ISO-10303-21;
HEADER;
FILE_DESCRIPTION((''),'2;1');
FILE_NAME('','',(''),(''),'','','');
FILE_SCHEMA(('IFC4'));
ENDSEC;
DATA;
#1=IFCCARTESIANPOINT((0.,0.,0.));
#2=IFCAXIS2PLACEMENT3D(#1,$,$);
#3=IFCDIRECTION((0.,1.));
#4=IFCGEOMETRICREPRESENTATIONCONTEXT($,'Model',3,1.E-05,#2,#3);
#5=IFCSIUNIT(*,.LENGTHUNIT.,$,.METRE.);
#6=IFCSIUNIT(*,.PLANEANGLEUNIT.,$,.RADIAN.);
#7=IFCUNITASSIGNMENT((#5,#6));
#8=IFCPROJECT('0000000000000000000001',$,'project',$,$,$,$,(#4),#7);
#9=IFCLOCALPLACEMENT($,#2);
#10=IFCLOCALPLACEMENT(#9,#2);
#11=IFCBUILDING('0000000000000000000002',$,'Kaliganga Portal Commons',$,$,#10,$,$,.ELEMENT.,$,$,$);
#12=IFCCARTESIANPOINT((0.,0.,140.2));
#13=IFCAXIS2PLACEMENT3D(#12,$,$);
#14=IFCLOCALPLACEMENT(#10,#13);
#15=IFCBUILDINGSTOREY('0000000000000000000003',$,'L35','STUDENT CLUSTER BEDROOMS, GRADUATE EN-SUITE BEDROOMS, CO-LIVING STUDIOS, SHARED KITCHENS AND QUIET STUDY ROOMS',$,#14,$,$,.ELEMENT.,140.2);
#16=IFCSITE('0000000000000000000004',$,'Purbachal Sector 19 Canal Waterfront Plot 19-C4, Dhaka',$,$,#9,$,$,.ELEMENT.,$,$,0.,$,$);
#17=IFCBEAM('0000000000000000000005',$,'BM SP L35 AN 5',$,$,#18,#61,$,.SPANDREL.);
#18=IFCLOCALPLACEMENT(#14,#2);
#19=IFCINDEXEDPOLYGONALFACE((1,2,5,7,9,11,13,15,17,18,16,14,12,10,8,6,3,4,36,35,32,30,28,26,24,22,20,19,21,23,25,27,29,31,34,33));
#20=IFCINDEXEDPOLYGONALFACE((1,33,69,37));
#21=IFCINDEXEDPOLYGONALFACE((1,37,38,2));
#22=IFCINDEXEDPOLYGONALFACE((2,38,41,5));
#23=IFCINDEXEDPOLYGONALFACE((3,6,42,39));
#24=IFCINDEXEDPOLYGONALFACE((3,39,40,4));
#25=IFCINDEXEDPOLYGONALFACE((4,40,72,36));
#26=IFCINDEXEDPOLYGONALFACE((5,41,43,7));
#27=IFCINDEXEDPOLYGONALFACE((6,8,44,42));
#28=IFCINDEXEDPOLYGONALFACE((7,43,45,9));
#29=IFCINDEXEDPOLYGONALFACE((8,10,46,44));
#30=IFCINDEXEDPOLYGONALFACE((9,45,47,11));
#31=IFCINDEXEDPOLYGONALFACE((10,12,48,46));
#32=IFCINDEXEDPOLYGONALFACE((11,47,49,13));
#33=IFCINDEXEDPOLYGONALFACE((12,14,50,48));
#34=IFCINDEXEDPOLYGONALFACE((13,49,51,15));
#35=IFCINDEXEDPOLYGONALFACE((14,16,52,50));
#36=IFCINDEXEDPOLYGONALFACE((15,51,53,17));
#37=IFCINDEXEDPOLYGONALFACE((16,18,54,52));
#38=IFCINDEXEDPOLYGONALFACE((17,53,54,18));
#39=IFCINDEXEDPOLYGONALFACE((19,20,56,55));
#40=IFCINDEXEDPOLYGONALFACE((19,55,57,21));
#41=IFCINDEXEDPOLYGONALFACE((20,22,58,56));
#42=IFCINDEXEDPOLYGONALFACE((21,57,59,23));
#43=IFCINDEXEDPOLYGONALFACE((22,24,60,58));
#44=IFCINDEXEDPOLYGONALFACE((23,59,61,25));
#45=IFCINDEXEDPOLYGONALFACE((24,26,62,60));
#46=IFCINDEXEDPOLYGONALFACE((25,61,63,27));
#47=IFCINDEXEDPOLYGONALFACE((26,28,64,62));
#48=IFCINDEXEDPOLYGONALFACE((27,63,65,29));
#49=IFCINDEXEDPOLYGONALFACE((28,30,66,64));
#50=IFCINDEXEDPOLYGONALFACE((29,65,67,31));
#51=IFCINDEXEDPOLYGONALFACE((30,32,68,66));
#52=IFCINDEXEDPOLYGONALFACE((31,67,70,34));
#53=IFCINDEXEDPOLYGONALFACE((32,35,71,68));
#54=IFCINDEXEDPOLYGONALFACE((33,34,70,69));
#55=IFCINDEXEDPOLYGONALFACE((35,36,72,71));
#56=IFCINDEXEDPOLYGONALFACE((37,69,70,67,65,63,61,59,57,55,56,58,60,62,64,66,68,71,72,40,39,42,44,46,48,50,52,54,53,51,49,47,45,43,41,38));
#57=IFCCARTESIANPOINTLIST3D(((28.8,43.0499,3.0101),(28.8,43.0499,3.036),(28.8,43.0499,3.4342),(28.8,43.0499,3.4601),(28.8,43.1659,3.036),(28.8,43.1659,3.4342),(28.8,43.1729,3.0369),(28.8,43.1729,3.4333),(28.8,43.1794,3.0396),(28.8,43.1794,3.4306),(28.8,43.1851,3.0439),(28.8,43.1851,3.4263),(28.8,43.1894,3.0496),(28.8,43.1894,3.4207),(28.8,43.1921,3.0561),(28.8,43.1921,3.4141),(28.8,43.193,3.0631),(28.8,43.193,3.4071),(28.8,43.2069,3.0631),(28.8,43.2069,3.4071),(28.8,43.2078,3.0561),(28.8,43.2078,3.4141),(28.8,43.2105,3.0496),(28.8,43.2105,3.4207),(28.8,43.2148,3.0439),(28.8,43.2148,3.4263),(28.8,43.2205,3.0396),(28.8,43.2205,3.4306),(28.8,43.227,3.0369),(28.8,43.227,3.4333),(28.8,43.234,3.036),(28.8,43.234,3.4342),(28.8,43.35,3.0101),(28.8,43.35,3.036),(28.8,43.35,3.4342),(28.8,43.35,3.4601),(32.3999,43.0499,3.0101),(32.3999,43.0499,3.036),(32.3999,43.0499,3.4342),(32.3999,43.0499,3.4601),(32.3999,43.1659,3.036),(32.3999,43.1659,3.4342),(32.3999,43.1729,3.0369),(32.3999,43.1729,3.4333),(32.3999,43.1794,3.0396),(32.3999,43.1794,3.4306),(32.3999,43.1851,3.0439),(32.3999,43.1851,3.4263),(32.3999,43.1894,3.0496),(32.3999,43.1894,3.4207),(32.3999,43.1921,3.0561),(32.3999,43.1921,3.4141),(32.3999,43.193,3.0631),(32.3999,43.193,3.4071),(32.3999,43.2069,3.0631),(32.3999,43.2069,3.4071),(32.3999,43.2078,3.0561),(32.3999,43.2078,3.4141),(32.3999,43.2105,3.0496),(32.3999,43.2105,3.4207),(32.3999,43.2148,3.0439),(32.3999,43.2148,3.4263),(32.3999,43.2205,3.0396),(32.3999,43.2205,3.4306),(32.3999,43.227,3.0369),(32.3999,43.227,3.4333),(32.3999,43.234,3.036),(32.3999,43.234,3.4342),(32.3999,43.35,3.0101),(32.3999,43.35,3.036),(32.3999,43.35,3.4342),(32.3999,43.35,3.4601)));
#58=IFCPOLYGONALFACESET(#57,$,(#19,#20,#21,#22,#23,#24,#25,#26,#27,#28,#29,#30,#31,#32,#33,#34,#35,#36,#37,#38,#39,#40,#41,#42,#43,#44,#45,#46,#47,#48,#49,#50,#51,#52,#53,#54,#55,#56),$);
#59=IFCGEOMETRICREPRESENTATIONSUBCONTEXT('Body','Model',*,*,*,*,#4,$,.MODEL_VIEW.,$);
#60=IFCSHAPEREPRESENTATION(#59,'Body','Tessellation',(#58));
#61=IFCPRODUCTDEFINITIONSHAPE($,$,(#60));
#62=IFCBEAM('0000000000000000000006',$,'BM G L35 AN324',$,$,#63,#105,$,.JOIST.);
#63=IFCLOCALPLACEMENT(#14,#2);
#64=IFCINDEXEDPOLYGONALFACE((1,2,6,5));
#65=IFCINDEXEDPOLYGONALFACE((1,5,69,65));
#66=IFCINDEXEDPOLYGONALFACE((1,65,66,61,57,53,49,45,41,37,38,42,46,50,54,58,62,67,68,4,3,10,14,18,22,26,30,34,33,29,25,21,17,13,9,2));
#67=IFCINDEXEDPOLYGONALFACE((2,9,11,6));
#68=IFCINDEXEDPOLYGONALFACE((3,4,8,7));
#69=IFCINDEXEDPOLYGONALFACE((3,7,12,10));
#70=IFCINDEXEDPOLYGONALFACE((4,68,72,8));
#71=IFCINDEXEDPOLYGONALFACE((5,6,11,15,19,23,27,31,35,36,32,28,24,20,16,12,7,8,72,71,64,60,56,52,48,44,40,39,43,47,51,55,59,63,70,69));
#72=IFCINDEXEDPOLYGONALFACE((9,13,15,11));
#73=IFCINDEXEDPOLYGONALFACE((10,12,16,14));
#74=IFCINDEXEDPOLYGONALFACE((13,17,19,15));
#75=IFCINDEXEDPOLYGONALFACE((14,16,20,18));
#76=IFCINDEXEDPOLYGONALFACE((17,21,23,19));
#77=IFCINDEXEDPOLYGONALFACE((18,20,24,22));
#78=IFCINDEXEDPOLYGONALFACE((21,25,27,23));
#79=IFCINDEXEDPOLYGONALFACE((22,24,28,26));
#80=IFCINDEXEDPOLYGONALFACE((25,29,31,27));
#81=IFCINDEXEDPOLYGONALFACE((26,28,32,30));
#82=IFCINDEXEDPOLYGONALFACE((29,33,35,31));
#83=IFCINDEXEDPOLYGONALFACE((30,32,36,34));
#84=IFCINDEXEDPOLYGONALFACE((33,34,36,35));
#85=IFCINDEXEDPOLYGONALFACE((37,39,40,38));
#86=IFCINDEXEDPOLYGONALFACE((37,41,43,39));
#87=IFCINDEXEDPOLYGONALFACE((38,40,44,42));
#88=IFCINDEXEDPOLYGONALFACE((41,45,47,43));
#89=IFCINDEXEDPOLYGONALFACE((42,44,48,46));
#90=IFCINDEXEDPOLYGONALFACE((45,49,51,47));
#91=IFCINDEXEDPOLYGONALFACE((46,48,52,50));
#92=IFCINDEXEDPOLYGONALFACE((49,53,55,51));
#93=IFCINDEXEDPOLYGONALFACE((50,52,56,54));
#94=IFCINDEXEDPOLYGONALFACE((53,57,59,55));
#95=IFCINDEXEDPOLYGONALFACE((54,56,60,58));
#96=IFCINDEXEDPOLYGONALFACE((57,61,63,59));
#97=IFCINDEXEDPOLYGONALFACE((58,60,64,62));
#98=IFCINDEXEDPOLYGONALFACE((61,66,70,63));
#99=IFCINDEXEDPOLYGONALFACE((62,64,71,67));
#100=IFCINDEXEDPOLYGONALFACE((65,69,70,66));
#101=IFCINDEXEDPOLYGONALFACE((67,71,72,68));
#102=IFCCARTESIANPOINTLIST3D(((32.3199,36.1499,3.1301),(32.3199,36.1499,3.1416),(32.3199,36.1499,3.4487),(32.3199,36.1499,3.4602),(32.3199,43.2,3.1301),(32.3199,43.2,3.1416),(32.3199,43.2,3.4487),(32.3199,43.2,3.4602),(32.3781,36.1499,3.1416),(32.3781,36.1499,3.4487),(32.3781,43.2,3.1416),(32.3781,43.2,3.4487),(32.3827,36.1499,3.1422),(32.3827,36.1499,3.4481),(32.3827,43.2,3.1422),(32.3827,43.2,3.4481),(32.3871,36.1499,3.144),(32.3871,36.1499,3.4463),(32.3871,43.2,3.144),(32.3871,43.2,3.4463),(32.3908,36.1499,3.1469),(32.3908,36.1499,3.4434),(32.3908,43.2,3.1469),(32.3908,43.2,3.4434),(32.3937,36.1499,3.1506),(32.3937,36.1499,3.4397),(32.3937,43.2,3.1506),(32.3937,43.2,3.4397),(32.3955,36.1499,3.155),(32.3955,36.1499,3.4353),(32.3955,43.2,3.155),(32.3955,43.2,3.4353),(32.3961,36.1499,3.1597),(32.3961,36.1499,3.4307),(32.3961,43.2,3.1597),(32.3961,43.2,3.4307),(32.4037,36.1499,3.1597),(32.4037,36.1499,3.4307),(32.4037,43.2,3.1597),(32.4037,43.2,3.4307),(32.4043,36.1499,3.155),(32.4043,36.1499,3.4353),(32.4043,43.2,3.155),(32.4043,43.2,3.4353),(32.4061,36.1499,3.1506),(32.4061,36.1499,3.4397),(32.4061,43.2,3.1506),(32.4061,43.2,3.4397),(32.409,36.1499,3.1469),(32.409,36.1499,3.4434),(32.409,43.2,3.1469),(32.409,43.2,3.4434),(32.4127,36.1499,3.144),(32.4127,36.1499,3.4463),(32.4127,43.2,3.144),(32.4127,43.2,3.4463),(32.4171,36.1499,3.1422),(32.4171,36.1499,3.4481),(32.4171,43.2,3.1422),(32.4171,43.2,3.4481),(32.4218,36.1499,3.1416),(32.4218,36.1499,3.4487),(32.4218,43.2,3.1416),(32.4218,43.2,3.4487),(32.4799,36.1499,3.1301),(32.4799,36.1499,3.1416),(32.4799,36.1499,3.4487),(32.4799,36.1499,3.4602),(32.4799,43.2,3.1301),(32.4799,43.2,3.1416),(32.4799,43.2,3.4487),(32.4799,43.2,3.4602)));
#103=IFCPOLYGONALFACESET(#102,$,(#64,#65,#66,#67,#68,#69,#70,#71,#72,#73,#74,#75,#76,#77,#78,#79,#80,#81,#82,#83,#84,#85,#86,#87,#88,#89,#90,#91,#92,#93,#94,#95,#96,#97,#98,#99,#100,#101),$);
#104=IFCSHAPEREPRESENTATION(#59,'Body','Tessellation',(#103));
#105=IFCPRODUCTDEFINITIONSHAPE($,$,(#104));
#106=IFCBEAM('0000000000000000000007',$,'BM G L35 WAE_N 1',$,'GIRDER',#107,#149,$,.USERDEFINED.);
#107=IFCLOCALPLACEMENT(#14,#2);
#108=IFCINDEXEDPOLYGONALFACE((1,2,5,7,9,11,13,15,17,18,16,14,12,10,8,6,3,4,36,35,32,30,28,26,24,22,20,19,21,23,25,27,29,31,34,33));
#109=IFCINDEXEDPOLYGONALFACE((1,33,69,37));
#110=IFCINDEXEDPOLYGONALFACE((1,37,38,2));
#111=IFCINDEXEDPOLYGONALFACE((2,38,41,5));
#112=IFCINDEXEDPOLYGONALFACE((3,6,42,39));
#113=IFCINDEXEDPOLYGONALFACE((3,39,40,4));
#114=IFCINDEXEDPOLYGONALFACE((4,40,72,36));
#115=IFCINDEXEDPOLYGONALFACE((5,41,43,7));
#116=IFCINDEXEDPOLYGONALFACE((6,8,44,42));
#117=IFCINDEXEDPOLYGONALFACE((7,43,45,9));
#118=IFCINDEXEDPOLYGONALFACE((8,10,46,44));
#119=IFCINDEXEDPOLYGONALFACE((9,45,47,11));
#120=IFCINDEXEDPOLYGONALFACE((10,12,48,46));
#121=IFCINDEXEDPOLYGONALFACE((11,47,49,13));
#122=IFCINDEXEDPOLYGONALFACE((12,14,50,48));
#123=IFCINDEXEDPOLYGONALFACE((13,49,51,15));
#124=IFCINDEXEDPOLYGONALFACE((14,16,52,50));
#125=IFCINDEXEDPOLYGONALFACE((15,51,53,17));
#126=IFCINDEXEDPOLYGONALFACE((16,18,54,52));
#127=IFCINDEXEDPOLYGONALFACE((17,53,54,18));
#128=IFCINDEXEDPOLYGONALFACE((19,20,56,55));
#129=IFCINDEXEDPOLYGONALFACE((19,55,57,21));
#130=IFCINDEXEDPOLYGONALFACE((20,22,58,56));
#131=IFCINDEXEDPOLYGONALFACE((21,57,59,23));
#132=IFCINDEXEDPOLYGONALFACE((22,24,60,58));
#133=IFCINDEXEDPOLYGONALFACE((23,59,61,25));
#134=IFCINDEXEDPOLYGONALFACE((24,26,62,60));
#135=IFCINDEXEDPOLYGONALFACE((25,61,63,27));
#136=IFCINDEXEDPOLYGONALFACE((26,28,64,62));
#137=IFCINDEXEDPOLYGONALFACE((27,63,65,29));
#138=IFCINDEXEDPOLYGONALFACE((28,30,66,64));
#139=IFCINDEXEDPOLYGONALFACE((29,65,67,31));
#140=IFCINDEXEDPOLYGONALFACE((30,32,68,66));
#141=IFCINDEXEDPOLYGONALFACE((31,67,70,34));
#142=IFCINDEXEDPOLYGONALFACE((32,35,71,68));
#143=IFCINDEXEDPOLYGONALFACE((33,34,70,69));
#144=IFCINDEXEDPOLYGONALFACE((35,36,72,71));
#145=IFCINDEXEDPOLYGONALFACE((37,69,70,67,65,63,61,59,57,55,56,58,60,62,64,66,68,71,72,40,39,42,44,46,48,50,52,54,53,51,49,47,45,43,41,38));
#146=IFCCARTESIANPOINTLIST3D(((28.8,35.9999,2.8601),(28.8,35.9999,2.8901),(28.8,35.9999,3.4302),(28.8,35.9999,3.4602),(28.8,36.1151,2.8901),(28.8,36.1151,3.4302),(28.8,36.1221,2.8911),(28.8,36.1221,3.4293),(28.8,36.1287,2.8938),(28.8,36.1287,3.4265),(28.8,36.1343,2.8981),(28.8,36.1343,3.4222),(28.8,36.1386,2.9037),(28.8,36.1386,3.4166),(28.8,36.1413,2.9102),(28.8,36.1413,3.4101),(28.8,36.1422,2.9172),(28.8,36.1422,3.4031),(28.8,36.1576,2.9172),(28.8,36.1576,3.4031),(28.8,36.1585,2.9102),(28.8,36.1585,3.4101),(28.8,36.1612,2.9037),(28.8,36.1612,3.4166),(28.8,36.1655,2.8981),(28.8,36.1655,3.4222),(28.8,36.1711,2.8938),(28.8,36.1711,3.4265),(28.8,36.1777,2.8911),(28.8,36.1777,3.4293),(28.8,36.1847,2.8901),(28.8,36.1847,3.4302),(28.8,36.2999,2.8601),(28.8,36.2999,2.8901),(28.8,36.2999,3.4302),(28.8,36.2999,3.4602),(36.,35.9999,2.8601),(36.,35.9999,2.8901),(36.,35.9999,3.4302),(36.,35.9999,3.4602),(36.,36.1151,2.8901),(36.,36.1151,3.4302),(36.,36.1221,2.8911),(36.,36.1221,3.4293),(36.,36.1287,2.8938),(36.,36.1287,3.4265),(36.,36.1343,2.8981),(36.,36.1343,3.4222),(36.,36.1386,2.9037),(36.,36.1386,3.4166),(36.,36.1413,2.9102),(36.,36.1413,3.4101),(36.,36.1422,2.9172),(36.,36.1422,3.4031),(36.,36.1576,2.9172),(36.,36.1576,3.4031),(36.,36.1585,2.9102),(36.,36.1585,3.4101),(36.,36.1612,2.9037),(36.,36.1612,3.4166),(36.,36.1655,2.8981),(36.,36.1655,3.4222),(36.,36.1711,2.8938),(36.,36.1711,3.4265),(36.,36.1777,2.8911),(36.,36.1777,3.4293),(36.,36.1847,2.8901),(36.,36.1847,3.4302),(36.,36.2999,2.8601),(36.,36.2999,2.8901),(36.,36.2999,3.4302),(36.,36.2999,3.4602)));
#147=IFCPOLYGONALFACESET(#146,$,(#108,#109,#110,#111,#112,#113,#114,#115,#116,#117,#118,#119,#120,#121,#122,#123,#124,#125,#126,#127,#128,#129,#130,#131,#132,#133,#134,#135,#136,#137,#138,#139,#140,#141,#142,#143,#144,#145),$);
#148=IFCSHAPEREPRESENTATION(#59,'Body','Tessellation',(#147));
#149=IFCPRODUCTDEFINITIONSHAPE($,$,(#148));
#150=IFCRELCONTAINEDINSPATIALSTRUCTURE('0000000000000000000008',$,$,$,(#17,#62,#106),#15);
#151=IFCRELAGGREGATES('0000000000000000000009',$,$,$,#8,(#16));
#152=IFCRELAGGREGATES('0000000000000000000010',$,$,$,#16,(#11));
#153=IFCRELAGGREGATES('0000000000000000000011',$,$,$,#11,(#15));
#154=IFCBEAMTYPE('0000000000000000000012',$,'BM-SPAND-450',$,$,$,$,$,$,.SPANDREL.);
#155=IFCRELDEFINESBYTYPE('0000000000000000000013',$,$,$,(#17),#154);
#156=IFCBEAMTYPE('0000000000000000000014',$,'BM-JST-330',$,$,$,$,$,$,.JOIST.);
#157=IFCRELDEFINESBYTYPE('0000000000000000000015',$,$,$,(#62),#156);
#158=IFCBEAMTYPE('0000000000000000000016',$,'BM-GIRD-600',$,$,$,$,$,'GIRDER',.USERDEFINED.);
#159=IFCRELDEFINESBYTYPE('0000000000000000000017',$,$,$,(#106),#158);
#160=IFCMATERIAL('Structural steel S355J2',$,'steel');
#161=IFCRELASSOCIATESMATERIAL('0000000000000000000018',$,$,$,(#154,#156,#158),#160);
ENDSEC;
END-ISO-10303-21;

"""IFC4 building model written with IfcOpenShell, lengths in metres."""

from ifc_helpers import new_model, si_unit, direction, frame, origin, origin_2d, place, context, subcontext, project, spatial, i_section, extrude, source, transform, mapped, material, material_profile, profile_set, type_object, element, save


model = new_model("IFC4")

# Units and contexts
model_context = context("Model", 3, precision=1e-05, world=origin(), true_north=direction((0.0, 1.0)))
body_context = subcontext(model_context, "Body", "Model", "MODEL_VIEW")
ifc_project = project(units=[si_unit("LENGTHUNIT", "METRE"), si_unit("PLANEANGLEUNIT", "RADIAN")], contexts=[model_context])

# Site, building, storey
site_placement = place(None, origin())
site = spatial("IfcSite", under=ifc_project, at=site_placement, Name="Purbachal Sector 19 Canal Waterfront Plot 19-C4, Dhaka", CompositionType="ELEMENT", RefElevation=0.0)
building_placement = place(site_placement, origin())
building = spatial("IfcBuilding", under=site, at=building_placement, Name="Kaliganga Portal Commons", CompositionType="ELEMENT")
storey_placement = place(building_placement, frame((0.0, 0.0, 140.2)))
storey = spatial("IfcBuildingStorey", under=building, at=storey_placement, Name="L35", Description="STUDENT CLUSTER BEDROOMS, GRADUATE EN-SUITE BEDROOMS, CO-LIVING STUDIOS, SHARED KITCHENS AND QUIET STUDY ROOMS", CompositionType="ELEMENT", Elevation=140.2)

# Beams
ifc_material_1 = material(Name="Structural steel S355J2", Category="steel")
ifc_material_profile_1 = material_profile(ifc_material_1, i_section(OverallWidth=0.3, OverallDepth=0.45, WebThickness=0.0139, FlangeThickness=0.0259, FilletRadius=0.0271, at=origin_2d()), Name="HE 450 B")
ifc_profile_set_1 = profile_set([ifc_material_profile_1], Name="Structural steel S355J2 wide-flange")
beam_type_1 = type_object("IfcBeamType", Name="BM-SPAND-450", PredefinedType="SPANDREL", material=ifc_profile_set_1)
shared_shape_1 = source(origin(), body_context, "Body", "SweptSolid", [
    extrude(i_section(OverallWidth=0.3, OverallDepth=0.45, WebThickness=0.0139, FlangeThickness=0.0259, FilletRadius=0.0271, at=origin_2d()), origin(), (0.0, 0.0, 1.0), 3.5999),
])
beam_1_placement = place(storey_placement, frame((28.8, 43.2, 3.2351), z_axis=(1.0, 0.0, 0.0), x_axis=(0.0, 1.0, 0.0)))
element("IfcBeam", 1, at=beam_1_placement, inside=storey, type_object=beam_type_1, Name="BM SP L35 AN 5", PredefinedType="SPANDREL", context=body_context, shape_type="MappedRepresentation", body=[
    mapped(shared_shape_1, transform((0.0, 0.0, 0.0), x_axis=(1.0, 0.0, 0.0), y_axis=(0.0, 1.0, 0.0), z_axis=(0.0, 0.0, 1.0), scale=1.0)),
])
ifc_material_profile_2 = material_profile(ifc_material_1, i_section(OverallWidth=0.1599, OverallDepth=0.3301, WebThickness=0.0076, FlangeThickness=0.0115, FilletRadius=0.0181, at=origin_2d()), Name="IPE 330")
ifc_profile_set_2 = profile_set([ifc_material_profile_2], Name="Structural steel S355J2 wide-flange")
beam_type_2 = type_object("IfcBeamType", Name="BM-JST-330", PredefinedType="JOIST", material=ifc_profile_set_2)
shared_shape_2 = source(origin(), body_context, "Body", "SweptSolid", [
    extrude(i_section(OverallWidth=0.1599, OverallDepth=0.3301, WebThickness=0.0076, FlangeThickness=0.0115, FilletRadius=0.0181, at=origin_2d()), origin(), (0.0, 0.0, 1.0), 7.05),
])
beam_2_placement = place(storey_placement, frame((32.3999, 36.1499, 3.2952), z_axis=(0.0, 1.0, 0.0), x_axis=(-1.0, 0.0, 0.0)))
element("IfcBeam", 2, at=beam_2_placement, inside=storey, type_object=beam_type_2, Name="BM G L35 AN324", PredefinedType="JOIST", context=body_context, shape_type="MappedRepresentation", body=[
    mapped(shared_shape_2, transform((0.0, 0.0, 0.0), x_axis=(1.0, 0.0, 0.0), y_axis=(0.0, 1.0, 0.0), z_axis=(0.0, 0.0, 1.0), scale=1.0)),
])
ifc_material_profile_3 = material_profile(ifc_material_1, i_section(OverallWidth=0.3, OverallDepth=0.6001, WebThickness=0.0154, FlangeThickness=0.03, FilletRadius=0.0271, at=origin_2d()), Name="HE 600 B")
ifc_profile_set_3 = profile_set([ifc_material_profile_3], Name="Structural steel S355J2 wide-flange")
beam_type_3 = type_object("IfcBeamType", Name="BM-GIRD-600", ElementType="GIRDER", PredefinedType="USERDEFINED", material=ifc_profile_set_3)
shared_shape_3 = source(origin(), body_context, "Body", "SweptSolid", [
    extrude(i_section(OverallWidth=0.3, OverallDepth=0.6001, WebThickness=0.0154, FlangeThickness=0.03, FilletRadius=0.0271, at=origin_2d()), origin(), (0.0, 0.0, 1.0), 7.2),
])
beam_3_placement = place(storey_placement, frame((28.8, 36.1499, 3.1602), z_axis=(1.0, 0.0, 0.0), x_axis=(0.0, 1.0, 0.0)))
element("IfcBeam", 3, at=beam_3_placement, inside=storey, type_object=beam_type_3, Name="BM G L35 WAE_N 1", ObjectType="GIRDER", PredefinedType="USERDEFINED", context=body_context, shape_type="MappedRepresentation", body=[
    mapped(shared_shape_3, transform((0.0, 0.0, 0.0), x_axis=(1.0, 0.0, 0.0), y_axis=(0.0, 1.0, 0.0), z_axis=(0.0, 0.0, 1.0), scale=1.0)),
])

save(model, "model.ifc")
